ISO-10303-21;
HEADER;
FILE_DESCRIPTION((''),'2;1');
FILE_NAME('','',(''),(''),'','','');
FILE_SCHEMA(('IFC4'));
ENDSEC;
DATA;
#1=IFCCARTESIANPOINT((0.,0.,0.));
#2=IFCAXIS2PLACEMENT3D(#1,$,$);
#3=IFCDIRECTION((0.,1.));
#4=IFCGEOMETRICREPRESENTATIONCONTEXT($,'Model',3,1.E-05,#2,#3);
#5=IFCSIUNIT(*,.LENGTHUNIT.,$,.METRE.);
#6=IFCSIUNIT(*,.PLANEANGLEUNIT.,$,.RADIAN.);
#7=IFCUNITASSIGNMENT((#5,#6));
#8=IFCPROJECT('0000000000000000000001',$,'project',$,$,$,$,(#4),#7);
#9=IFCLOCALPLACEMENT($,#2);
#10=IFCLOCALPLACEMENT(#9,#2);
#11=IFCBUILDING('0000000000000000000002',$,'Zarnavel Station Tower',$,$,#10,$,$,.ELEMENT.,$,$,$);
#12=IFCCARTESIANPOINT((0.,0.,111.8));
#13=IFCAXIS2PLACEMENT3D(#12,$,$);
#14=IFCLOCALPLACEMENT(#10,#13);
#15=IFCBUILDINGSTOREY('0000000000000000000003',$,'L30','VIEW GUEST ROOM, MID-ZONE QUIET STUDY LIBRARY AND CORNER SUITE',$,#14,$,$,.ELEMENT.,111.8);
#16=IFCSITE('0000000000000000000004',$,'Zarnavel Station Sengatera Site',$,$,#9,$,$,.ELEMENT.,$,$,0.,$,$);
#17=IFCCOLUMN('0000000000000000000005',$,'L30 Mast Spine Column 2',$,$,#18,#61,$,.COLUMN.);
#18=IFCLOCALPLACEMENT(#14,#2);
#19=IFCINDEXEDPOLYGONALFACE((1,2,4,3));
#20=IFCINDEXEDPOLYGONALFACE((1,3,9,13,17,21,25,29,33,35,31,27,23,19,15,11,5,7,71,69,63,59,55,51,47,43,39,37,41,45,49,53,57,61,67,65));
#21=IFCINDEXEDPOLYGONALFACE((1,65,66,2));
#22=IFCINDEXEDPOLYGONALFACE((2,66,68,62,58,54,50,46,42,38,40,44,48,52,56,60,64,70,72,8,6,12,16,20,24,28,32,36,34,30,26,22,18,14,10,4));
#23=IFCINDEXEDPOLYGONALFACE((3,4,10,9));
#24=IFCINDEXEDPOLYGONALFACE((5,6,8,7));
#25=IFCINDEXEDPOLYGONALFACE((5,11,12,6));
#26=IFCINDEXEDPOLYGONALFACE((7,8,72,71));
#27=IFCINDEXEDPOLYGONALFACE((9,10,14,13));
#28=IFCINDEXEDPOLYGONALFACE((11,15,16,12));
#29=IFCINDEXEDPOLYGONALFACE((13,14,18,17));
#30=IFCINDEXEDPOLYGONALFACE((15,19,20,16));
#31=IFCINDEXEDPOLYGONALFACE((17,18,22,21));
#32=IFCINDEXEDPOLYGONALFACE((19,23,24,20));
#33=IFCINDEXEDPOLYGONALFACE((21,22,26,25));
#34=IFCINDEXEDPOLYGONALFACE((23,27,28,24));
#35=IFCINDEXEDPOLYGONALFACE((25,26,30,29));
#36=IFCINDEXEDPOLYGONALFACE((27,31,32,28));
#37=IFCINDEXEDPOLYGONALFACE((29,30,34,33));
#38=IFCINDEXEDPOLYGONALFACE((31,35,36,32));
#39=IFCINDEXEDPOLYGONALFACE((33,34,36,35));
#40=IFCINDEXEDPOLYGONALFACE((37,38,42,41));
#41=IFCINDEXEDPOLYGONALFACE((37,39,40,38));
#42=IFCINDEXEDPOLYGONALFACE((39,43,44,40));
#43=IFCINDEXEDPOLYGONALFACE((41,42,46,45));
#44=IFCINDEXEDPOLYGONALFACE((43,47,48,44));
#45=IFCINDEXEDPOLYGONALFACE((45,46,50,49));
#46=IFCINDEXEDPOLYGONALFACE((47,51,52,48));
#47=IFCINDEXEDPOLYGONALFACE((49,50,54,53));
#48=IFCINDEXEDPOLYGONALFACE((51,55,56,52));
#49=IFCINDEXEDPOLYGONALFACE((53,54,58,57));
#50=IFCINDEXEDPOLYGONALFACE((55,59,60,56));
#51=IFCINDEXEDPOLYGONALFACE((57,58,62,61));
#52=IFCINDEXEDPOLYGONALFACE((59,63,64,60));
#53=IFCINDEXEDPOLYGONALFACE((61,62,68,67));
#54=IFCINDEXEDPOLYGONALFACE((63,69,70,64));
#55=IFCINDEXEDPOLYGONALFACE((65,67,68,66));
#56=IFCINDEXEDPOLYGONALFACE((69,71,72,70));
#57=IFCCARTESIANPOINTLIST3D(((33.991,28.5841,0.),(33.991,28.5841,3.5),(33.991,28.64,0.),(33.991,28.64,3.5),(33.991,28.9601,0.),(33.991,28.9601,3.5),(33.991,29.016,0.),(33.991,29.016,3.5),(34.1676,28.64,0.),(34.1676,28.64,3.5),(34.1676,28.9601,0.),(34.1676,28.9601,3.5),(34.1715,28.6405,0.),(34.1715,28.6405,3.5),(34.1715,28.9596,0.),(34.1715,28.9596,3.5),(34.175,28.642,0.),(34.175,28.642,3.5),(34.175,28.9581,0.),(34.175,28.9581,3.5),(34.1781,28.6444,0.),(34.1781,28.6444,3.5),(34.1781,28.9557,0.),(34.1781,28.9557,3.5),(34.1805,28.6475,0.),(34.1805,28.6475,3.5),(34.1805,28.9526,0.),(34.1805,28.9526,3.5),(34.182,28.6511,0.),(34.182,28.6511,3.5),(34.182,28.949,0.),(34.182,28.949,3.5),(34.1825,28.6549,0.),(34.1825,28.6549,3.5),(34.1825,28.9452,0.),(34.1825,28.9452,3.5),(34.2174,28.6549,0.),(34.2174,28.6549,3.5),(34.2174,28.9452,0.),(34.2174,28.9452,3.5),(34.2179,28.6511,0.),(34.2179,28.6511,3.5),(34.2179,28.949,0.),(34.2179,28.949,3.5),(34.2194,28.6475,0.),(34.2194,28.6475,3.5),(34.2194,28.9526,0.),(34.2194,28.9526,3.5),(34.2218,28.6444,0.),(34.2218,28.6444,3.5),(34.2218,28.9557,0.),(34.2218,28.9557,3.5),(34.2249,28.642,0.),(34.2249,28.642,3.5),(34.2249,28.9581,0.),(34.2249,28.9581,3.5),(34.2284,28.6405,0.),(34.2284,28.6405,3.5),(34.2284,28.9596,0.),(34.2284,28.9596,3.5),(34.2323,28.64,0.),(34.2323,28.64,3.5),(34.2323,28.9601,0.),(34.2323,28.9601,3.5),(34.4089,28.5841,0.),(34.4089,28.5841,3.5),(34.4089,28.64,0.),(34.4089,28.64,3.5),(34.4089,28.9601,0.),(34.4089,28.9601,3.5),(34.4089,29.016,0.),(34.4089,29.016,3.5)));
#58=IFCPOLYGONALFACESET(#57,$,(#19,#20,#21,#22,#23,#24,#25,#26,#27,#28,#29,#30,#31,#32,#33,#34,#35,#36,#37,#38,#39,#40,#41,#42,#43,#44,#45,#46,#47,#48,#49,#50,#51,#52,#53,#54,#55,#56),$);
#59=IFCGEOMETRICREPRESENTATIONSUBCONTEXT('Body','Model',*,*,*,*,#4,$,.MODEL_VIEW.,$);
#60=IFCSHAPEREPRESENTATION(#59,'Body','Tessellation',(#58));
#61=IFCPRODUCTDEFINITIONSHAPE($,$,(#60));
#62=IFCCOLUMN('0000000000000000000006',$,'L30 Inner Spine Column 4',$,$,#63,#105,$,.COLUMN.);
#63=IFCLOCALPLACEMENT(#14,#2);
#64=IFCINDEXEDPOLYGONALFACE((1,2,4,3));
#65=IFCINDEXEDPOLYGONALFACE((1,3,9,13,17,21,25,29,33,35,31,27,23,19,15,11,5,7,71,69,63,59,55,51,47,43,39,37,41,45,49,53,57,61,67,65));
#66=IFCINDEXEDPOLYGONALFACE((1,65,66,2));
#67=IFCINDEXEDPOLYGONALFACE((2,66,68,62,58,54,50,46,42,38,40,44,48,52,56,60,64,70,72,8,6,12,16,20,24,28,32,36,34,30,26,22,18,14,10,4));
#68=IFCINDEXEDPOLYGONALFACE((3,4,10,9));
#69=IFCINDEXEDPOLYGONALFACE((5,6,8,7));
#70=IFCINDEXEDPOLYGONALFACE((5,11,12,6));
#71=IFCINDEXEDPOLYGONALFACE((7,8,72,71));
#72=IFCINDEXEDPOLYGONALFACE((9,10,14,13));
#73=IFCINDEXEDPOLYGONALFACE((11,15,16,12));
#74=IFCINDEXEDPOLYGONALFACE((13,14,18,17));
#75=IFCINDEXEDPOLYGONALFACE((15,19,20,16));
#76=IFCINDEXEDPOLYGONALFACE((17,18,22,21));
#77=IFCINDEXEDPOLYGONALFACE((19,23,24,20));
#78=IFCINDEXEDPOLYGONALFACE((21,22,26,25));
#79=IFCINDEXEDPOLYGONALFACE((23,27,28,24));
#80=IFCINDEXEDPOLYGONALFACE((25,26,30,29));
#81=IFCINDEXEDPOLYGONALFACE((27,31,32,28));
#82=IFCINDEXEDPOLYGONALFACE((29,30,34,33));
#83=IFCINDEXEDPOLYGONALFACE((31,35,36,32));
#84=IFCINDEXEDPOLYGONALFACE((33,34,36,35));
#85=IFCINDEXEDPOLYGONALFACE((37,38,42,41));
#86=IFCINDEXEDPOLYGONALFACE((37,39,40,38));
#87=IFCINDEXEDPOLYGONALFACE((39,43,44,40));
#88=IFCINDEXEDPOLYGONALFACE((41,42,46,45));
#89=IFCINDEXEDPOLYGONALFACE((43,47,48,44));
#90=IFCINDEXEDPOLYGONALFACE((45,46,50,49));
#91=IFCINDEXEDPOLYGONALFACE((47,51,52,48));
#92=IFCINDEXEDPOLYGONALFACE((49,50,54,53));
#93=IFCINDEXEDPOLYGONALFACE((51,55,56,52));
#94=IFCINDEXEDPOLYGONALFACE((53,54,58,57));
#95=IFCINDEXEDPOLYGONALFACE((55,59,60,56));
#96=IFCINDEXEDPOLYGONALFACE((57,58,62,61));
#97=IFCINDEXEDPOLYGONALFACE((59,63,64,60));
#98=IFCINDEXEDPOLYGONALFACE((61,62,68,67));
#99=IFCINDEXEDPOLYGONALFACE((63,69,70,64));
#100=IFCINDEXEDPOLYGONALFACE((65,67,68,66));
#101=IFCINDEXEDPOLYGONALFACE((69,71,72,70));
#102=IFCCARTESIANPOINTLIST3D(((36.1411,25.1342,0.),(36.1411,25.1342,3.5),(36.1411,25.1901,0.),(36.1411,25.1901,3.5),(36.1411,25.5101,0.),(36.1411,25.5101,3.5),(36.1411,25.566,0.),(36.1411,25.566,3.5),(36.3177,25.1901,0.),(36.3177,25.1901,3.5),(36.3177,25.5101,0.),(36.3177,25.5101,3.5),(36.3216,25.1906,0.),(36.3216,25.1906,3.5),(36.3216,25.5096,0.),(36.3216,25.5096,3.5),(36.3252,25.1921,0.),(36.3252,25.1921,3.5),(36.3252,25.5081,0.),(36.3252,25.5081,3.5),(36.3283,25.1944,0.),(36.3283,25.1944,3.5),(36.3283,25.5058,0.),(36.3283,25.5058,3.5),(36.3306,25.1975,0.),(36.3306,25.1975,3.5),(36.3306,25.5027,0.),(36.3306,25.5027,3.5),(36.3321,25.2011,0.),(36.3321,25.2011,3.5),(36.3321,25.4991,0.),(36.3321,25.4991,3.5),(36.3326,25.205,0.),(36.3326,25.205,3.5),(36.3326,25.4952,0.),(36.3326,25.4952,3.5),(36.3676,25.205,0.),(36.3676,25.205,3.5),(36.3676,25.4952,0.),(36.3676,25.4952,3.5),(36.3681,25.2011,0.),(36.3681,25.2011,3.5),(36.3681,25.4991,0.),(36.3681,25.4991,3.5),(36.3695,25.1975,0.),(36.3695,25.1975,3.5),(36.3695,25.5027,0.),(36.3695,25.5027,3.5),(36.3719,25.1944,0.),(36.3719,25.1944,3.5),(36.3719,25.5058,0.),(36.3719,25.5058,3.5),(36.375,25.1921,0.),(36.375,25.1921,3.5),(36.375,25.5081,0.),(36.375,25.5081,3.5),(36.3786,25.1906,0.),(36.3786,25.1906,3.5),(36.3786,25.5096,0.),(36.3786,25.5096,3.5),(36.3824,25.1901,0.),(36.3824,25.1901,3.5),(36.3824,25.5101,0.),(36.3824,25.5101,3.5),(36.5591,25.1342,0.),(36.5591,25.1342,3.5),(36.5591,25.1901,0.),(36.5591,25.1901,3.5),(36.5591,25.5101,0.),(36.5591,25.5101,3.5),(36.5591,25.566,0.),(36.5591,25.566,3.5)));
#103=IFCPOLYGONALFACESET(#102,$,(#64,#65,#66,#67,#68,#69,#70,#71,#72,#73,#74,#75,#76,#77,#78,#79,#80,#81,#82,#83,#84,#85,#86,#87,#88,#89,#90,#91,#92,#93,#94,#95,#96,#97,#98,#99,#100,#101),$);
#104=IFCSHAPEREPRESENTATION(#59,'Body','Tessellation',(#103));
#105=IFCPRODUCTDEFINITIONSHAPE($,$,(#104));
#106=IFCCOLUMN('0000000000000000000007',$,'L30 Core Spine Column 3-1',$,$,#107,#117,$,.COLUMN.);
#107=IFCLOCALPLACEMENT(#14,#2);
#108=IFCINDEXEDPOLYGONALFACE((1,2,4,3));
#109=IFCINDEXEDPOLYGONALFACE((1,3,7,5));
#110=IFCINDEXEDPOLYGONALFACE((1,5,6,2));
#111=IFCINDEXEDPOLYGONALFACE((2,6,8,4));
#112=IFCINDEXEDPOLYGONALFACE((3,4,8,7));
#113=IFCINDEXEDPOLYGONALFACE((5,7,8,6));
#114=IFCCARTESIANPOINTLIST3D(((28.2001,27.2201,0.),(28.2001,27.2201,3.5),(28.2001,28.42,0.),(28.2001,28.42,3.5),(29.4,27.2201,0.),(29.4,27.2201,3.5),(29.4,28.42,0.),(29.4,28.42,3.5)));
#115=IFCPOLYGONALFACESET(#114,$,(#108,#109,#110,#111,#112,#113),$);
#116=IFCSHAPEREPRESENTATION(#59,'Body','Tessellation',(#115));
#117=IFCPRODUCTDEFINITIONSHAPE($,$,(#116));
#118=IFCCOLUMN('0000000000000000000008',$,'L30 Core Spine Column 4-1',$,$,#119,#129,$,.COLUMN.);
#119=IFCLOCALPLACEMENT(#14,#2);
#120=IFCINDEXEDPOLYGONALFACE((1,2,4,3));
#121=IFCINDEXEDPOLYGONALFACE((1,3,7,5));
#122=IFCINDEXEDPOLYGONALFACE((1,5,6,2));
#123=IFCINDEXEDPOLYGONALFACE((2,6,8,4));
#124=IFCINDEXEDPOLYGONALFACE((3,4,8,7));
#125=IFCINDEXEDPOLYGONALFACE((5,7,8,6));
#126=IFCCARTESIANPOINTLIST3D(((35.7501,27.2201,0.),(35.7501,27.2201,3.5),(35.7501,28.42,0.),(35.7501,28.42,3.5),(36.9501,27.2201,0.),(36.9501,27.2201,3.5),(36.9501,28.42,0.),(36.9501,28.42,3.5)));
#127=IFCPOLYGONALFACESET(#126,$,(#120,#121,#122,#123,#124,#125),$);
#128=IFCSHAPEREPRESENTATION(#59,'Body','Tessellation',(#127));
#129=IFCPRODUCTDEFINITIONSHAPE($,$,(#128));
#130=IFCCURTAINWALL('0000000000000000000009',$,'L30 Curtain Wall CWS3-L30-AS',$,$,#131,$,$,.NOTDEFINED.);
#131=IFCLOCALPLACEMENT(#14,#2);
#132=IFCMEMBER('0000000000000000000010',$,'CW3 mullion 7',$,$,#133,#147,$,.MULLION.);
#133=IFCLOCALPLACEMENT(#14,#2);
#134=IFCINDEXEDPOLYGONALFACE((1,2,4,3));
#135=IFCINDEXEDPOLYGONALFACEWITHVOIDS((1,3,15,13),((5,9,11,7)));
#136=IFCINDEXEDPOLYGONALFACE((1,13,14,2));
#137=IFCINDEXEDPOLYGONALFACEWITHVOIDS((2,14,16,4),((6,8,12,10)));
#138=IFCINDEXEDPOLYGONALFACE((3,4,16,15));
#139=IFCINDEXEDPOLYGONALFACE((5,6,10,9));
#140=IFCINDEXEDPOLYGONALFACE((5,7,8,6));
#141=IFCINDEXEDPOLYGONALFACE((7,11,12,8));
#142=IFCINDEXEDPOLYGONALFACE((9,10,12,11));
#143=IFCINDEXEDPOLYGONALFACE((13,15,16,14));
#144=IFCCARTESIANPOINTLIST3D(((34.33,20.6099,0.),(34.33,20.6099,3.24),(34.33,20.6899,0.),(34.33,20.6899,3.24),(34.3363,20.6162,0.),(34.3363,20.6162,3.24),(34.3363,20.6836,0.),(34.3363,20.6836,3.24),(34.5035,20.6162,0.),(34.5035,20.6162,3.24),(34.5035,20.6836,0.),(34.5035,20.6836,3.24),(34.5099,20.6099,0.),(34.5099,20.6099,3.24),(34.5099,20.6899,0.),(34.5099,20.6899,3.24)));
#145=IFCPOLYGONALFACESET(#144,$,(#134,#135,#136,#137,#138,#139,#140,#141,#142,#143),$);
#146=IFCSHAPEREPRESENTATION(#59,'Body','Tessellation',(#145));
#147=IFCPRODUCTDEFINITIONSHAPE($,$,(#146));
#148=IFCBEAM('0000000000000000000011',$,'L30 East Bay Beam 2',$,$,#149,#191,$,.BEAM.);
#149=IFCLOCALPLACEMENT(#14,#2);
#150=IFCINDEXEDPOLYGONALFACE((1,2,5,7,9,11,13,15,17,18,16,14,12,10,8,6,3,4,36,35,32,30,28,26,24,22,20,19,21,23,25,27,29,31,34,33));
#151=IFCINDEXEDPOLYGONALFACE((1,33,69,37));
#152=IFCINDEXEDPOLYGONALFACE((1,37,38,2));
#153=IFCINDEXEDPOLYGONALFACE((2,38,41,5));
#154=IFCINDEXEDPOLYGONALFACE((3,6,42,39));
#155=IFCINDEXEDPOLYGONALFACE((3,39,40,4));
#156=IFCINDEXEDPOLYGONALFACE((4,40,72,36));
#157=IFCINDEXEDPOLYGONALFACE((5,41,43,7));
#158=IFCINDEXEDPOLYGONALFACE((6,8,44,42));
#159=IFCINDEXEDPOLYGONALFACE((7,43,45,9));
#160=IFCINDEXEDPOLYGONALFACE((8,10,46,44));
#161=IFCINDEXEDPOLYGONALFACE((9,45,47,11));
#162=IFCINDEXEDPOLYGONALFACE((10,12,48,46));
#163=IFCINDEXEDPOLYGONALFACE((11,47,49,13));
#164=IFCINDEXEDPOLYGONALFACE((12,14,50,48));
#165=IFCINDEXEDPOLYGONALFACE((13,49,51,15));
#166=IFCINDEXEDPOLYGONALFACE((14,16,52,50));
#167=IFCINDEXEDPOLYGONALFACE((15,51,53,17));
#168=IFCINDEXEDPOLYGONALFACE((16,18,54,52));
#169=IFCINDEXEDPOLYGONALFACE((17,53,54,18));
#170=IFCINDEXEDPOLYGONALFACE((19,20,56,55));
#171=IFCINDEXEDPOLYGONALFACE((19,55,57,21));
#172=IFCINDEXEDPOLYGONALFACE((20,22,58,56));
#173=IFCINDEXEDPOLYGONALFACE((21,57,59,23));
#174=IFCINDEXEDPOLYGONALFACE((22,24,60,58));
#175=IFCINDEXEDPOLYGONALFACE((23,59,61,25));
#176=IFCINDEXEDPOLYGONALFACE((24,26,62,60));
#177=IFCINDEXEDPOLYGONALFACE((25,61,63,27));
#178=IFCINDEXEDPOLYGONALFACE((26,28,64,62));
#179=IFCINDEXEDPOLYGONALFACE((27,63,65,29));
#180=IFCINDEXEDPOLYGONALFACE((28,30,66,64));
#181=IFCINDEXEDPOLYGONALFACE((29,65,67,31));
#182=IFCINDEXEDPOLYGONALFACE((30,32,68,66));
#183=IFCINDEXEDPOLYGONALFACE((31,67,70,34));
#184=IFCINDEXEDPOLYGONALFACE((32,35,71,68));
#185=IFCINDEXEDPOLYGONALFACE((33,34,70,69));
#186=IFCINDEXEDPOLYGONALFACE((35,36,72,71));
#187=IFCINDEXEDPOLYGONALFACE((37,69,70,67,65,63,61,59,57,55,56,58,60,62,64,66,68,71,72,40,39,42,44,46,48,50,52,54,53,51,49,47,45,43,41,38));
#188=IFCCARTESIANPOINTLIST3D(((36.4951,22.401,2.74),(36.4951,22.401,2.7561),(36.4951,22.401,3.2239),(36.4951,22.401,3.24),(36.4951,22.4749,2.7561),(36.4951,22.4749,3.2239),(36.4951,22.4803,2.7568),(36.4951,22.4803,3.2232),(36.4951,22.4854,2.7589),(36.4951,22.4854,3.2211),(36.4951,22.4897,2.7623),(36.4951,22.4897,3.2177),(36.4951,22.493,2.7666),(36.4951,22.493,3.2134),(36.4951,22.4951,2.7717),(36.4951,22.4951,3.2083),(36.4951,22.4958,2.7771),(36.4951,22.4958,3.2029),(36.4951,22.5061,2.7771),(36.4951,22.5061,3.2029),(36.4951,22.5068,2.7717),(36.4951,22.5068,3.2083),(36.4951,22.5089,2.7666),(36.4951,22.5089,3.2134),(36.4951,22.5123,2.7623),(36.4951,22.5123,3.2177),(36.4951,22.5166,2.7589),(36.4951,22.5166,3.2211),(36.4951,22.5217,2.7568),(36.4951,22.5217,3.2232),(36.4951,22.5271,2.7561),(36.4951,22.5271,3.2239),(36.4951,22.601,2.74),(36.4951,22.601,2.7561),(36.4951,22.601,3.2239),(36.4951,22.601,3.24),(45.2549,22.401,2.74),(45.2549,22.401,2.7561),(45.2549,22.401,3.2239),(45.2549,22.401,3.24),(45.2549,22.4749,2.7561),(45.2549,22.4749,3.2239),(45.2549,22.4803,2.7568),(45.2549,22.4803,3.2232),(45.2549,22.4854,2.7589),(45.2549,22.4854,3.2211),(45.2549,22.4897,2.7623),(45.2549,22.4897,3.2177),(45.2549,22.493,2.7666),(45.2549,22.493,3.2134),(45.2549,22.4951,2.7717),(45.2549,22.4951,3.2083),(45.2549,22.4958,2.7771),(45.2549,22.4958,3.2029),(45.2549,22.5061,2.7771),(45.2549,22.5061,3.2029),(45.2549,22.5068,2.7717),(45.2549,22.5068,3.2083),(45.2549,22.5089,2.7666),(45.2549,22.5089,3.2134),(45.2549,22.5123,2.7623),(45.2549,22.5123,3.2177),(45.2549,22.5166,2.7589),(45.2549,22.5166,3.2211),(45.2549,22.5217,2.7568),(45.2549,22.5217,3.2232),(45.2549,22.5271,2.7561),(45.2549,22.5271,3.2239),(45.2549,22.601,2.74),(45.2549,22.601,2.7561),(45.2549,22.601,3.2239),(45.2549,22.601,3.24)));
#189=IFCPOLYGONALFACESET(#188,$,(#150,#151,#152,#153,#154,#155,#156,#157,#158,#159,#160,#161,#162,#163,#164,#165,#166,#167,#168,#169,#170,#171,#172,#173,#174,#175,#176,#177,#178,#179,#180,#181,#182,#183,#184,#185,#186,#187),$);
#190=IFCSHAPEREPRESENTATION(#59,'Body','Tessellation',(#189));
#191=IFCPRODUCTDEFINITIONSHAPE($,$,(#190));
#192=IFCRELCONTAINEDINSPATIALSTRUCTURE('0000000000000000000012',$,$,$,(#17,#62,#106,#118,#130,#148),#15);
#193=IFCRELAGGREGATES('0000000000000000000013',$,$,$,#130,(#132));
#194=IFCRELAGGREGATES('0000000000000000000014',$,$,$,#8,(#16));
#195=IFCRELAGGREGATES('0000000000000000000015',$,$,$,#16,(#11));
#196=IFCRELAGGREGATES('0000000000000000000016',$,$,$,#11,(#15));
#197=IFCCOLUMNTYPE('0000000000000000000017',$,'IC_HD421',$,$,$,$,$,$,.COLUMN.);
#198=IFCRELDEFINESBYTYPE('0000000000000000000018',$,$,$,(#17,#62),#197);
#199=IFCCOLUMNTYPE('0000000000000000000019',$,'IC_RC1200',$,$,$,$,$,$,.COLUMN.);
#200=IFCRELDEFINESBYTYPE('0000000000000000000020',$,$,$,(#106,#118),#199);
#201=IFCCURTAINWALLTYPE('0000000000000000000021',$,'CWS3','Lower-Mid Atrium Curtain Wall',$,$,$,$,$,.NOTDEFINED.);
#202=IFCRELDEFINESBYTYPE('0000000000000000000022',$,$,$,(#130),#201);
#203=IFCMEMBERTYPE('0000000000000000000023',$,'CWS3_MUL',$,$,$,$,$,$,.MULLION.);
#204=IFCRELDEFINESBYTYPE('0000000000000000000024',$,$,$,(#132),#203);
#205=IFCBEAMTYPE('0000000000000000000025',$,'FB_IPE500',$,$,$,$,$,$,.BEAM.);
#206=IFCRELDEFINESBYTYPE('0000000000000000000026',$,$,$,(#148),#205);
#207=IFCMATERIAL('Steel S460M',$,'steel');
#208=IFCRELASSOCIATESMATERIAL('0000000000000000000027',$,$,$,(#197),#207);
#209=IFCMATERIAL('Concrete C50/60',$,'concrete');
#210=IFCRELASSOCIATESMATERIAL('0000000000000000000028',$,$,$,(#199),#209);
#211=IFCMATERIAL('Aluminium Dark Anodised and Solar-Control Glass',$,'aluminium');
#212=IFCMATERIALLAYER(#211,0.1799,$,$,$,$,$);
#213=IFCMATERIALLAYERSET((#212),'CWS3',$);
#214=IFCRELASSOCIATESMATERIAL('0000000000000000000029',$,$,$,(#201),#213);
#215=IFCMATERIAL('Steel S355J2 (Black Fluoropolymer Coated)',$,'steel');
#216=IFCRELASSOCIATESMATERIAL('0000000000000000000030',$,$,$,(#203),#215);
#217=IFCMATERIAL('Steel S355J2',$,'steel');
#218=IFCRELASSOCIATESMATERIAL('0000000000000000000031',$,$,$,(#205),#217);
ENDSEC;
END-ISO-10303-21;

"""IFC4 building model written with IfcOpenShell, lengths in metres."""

from ifc_helpers import new_model, si_unit, direction, frame, origin, origin_2d, place, context, subcontext, project, spatial, rectangle, hollow_rectangle, i_section, extrude, material, layer, layer_set, material_profile, profile_set, type_object, element, aggregate, save


model = new_model("IFC4")

# Units and contexts
model_context = context("Model", 3, precision=1e-05, world=origin(), true_north=direction((0.0, 1.0)))
body_context = subcontext(model_context, "Body", "Model", "MODEL_VIEW")
ifc_project = project(units=[si_unit("LENGTHUNIT", "METRE"), si_unit("PLANEANGLEUNIT", "RADIAN")], contexts=[model_context])

# Site, building, storey
site_placement = place(None, origin())
site = spatial("IfcSite", under=ifc_project, at=site_placement, Name="Zarnavel Station Sengatera Site", CompositionType="ELEMENT", RefElevation=0.0)
building_placement = place(site_placement, origin())
building = spatial("IfcBuilding", under=site, at=building_placement, Name="Zarnavel Station Tower", CompositionType="ELEMENT")
storey_placement = place(building_placement, frame((0.0, 0.0, 111.8)))
storey = spatial("IfcBuildingStorey", under=building, at=storey_placement, Name="L30", Description="VIEW GUEST ROOM, MID-ZONE QUIET STUDY LIBRARY AND CORNER SUITE", CompositionType="ELEMENT", Elevation=111.8)

# Columns
ifc_material_1 = material(Name="Steel S460M", Category="steel")
ifc_material_profile_1 = material_profile(ifc_material_1, i_section(OverallWidth=0.418, OverallDepth=0.4319, WebThickness=0.0349, FlangeThickness=0.0559, FilletRadius=0.0149, at=origin_2d()), Name="HD400x421")
ifc_profile_set_1 = profile_set([ifc_material_profile_1], Name="Steel S460M")
column_type_1 = type_object("IfcColumnType", Name="IC_HD421", PredefinedType="COLUMN", material=ifc_profile_set_1)
for number, where, z_axis, x_axis, name in (
    (1, (34.2, 28.8, 0.0), (0.0, 0.0, 1.0), (1.0, 0.0, 0.0), "L30 Mast Spine Column 2"),
    (2, (36.3501, 25.3501, 0.0), (0.0, 0.0, 1.0), (1.0, 0.0, 0.0), "L30 Inner Spine Column 4"),
):
    element("IfcColumn", number, at=place(storey_placement, frame(where, z_axis=z_axis, x_axis=x_axis)), inside=storey, type_object=column_type_1, Name=name, PredefinedType="COLUMN", context=body_context, shape_type="SweptSolid", body=[
        extrude(i_section(OverallWidth=0.418, OverallDepth=0.4319, WebThickness=0.0349, FlangeThickness=0.0559, FilletRadius=0.0149, at=origin_2d()), origin(), (0.0, 0.0, 1.0), 3.5),
    ])
ifc_material_2 = material(Name="Concrete C50/60", Category="concrete")
ifc_material_profile_2 = material_profile(ifc_material_2, rectangle(XDim=1.2, YDim=1.2, at=origin_2d()), Name="RC1200x1200")
ifc_profile_set_2 = profile_set([ifc_material_profile_2], Name="Concrete C50/60")
column_type_2 = type_object("IfcColumnType", Name="IC_RC1200", PredefinedType="COLUMN", material=ifc_profile_set_2)
for number, where, z_axis, x_axis, name in (
    (3, (28.8, 27.8201, 0.0), (0.0, 0.0, 1.0), (1.0, 0.0, 0.0), "L30 Core Spine Column 3-1"),
    (4, (36.3501, 27.8201, 0.0), (0.0, 0.0, 1.0), (1.0, 0.0, 0.0), "L30 Core Spine Column 4-1"),
):
    element("IfcColumn", number, at=place(storey_placement, frame(where, z_axis=z_axis, x_axis=x_axis)), inside=storey, type_object=column_type_2, Name=name, PredefinedType="COLUMN", context=body_context, shape_type="SweptSolid", body=[
        extrude(rectangle(XDim=1.2, YDim=1.2, at=origin_2d()), origin(), (0.0, 0.0, 1.0), 3.5),
    ])

# Curtain wall, member
ifc_material_3 = material(Name="Aluminium Dark Anodised and Solar-Control Glass", Category="aluminium")
ifc_layer_1 = layer(ifc_material_3, 0.1799)
ifc_layer_set_1 = layer_set([ifc_layer_1], Name="CWS3")
curtain_wall_type = type_object("IfcCurtainWallType", Name="CWS3", Description="Lower-Mid Atrium Curtain Wall", PredefinedType="NOTDEFINED", material=ifc_layer_set_1)
curtain_wall_placement = place(storey_placement, origin())
curtain_wall = element("IfcCurtainWall", 5, at=curtain_wall_placement, inside=storey, type_object=curtain_wall_type, Name="L30 Curtain Wall CWS3-L30-AS", PredefinedType="NOTDEFINED")
ifc_material_4 = material(Name="Steel S355J2 (Black Fluoropolymer Coated)", Category="steel")
ifc_material_profile_3 = material_profile(ifc_material_4, hollow_rectangle(XDim=0.0801, YDim=0.1799, WallThickness=0.0063, at=origin_2d()), Name="RHS180x80x6.3")
ifc_profile_set_3 = profile_set([ifc_material_profile_3], Name="Steel S355J2 (Black Fluoropolymer Coated)")
member_type = type_object("IfcMemberType", Name="CWS3_MUL", PredefinedType="MULLION", material=ifc_profile_set_3)
member_placement = place(storey_placement, frame((34.4199, 20.6499, 0.0), z_axis=(0.0, 0.0, 1.0), x_axis=(0.0, 1.0, 0.0)))
member = element("IfcMember", 6, at=member_placement, type_object=member_type, Name="CW3 mullion 7", PredefinedType="MULLION", context=body_context, shape_type="SweptSolid", body=[
    extrude(hollow_rectangle(XDim=0.0801, YDim=0.1799, WallThickness=0.0063, at=origin_2d()), origin(), (0.0, 0.0, 1.0), 3.24),
])

# Beam
ifc_material_5 = material(Name="Steel S355J2", Category="steel")
ifc_material_profile_4 = material_profile(ifc_material_5, i_section(OverallWidth=0.2, OverallDepth=0.5, WebThickness=0.0103, FlangeThickness=0.0161, FilletRadius=0.021, at=origin_2d()), Name="IPE500")
ifc_profile_set_4 = profile_set([ifc_material_profile_4], Name="Steel S355J2")
beam_type_1 = type_object("IfcBeamType", Name="FB_IPE500", PredefinedType="BEAM", material=ifc_profile_set_4)
beam_1_placement = place(storey_placement, frame((36.4951, 22.501, 2.99), z_axis=(1.0, 0.0, 0.0), x_axis=(0.0, 1.0, 0.0)))
element("IfcBeam", 7, at=beam_1_placement, inside=storey, type_object=beam_type_1, Name="L30 East Bay Beam 2", PredefinedType="BEAM", context=body_context, shape_type="SweptSolid", body=[
    extrude(i_section(OverallWidth=0.2, OverallDepth=0.5, WebThickness=0.0103, FlangeThickness=0.0161, FilletRadius=0.021, at=origin_2d()), origin(), (0.0, 0.0, 1.0), 8.7598),
])

aggregate(curtain_wall, [member])

save(model, "model.ifc")
